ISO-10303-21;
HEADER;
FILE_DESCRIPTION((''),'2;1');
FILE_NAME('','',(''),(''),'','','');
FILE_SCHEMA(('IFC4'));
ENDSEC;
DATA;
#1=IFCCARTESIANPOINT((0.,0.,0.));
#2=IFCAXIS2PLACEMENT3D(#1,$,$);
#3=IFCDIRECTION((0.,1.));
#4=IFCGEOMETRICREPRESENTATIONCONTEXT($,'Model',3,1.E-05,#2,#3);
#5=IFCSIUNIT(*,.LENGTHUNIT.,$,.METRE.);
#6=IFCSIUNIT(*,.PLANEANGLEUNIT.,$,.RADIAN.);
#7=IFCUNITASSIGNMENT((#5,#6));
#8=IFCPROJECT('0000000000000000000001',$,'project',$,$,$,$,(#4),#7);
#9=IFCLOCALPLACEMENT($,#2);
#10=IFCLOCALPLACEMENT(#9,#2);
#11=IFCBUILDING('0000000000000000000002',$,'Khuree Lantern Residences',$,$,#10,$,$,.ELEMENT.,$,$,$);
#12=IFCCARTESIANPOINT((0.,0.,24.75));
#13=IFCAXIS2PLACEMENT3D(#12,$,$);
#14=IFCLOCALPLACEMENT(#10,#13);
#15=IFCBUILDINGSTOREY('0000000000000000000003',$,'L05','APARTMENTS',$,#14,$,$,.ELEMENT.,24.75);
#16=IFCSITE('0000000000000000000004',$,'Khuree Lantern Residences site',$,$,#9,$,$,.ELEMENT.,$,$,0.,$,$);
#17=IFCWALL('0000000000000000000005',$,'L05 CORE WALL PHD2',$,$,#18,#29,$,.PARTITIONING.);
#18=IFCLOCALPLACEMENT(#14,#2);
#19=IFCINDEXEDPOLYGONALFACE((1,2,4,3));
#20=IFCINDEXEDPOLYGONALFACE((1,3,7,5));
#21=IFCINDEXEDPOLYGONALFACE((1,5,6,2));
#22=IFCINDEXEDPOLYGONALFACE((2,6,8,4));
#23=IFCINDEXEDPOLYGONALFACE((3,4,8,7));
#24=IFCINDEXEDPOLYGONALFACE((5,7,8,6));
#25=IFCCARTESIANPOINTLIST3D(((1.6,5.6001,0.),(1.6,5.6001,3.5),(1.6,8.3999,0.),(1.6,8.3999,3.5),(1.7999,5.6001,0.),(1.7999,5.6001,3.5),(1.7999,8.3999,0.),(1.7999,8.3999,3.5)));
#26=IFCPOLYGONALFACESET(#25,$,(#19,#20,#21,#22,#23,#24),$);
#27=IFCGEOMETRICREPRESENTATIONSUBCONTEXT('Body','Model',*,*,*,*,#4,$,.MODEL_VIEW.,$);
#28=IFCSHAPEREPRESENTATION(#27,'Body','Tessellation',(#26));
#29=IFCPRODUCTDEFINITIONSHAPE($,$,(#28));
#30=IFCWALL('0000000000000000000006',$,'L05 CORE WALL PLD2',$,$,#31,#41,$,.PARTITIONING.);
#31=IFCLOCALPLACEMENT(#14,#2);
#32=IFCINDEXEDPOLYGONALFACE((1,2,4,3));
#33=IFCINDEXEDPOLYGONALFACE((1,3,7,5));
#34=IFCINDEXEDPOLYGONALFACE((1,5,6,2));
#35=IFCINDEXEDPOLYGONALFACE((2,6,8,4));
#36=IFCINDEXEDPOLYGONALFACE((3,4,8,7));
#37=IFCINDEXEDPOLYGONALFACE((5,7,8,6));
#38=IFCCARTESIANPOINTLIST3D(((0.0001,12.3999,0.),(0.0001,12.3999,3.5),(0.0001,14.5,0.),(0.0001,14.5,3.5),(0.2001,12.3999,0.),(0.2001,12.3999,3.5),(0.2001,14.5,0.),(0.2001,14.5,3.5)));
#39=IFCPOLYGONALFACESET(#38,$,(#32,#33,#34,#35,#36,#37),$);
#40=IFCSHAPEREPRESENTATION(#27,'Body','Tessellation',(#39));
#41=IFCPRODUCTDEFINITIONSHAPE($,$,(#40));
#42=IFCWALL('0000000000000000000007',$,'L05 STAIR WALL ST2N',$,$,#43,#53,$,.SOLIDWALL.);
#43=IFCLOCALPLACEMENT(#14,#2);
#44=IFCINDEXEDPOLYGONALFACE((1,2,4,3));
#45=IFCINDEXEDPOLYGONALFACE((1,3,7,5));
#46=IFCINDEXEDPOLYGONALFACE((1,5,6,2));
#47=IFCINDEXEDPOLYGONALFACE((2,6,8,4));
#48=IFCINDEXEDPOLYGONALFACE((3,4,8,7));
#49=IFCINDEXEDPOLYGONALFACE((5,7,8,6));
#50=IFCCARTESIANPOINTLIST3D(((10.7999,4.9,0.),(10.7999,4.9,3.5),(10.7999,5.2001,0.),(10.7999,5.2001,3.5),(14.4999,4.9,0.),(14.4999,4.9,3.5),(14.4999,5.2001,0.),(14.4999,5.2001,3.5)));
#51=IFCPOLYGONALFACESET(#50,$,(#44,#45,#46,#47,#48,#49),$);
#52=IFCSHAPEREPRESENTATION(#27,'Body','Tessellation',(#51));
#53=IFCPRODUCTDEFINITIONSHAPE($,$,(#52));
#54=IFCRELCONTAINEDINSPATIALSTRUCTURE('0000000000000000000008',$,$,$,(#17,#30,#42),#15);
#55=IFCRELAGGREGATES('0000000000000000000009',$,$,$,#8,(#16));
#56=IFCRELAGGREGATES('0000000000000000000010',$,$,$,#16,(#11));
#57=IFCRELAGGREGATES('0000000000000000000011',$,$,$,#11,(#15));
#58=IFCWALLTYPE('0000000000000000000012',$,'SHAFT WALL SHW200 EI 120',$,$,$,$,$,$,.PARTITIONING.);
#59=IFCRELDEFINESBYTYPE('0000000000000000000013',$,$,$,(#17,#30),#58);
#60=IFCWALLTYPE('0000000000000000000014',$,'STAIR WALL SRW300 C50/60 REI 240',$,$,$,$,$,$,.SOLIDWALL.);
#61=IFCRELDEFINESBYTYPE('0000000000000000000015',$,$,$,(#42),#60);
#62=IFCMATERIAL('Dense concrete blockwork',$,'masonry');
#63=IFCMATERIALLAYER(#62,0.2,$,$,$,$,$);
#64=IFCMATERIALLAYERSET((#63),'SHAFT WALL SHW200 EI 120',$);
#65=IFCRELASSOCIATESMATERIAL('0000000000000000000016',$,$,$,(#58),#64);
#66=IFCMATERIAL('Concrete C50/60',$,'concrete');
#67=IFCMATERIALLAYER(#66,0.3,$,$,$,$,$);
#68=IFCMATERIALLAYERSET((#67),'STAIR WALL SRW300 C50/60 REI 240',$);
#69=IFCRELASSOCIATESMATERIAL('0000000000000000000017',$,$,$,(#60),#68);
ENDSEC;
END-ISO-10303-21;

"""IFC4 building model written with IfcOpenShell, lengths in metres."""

from ifc_helpers import new_model, si_unit, direction, frame, frame_2d, origin, place, context, subcontext, project, spatial, rectangle, extrude, material, layer, layer_set, type_object, element, save


model = new_model("IFC4")

# Units and contexts
model_context = context("Model", 3, precision=1e-05, world=origin(), true_north=direction((0.0, 1.0)))
body_context = subcontext(model_context, "Body", "Model", "MODEL_VIEW")
ifc_project = project(units=[si_unit("LENGTHUNIT", "METRE"), si_unit("PLANEANGLEUNIT", "RADIAN")], contexts=[model_context])

# Site, building, storey
site_placement = place(None, origin())
site = spatial("IfcSite", under=ifc_project, at=site_placement, Name="Khuree Lantern Residences site", CompositionType="ELEMENT", RefElevation=0.0)
building_placement = place(site_placement, origin())
building = spatial("IfcBuilding", under=site, at=building_placement, Name="Khuree Lantern Residences", CompositionType="ELEMENT")
storey_placement = place(building_placement, frame((0.0, 0.0, 24.75)))
storey = spatial("IfcBuildingStorey", under=building, at=storey_placement, Name="L05", Description="APARTMENTS", CompositionType="ELEMENT", Elevation=24.75)

# Shared definitions
ifc_material_1 = material(Name="Dense concrete blockwork", Category="masonry")

# Walls
ifc_layer_1 = layer(ifc_material_1, 0.2)
ifc_layer_set_1 = layer_set([ifc_layer_1], Name="SHAFT WALL SHW200 EI 120")
wall_type_1 = type_object("IfcWallType", Name="SHAFT WALL SHW200 EI 120", PredefinedType="PARTITIONING", material=ifc_layer_set_1)
wall_1_placement = place(storey_placement, frame((1.7, 5.6001, 0.0), z_axis=(0.0, 0.0, 1.0), x_axis=(0.0, 1.0, 0.0)))
element("IfcWall", 1, at=wall_1_placement, inside=storey, type_object=wall_type_1, Name="L05 CORE WALL PHD2", PredefinedType="PARTITIONING", context=body_context, shape_type="SweptSolid", body=[
    extrude(rectangle(XDim=2.7998, YDim=0.2, at=frame_2d((1.3999, 0.0))), origin(), (0.0, 0.0, 1.0), 3.5),
])
wall_2_placement = place(storey_placement, frame((0.1001, 12.3999, 0.0), z_axis=(0.0, 0.0, 1.0), x_axis=(0.0, 1.0, 0.0)))
element("IfcWall", 2, at=wall_2_placement, inside=storey, type_object=wall_type_1, Name="L05 CORE WALL PLD2", PredefinedType="PARTITIONING", context=body_context, shape_type="SweptSolid", body=[
    extrude(rectangle(XDim=2.1001, YDim=0.2, at=frame_2d((1.05, 0.0))), origin(), (0.0, 0.0, 1.0), 3.5),
])
ifc_material_2 = material(Name="Concrete C50/60", Category="concrete")
ifc_layer_2 = layer(ifc_material_2, 0.3)
ifc_layer_set_2 = layer_set([ifc_layer_2], Name="STAIR WALL SRW300 C50/60 REI 240")
wall_type_2 = type_object("IfcWallType", Name="STAIR WALL SRW300 C50/60 REI 240", PredefinedType="SOLIDWALL", material=ifc_layer_set_2)
wall_3_placement = place(storey_placement, frame((14.5, 5.05, 0.0), z_axis=(0.0, 0.0, 1.0), x_axis=(-1.0, 0.0, 0.0)))
element("IfcWall", 3, at=wall_3_placement, inside=storey, type_object=wall_type_2, Name="L05 STAIR WALL ST2N", PredefinedType="SOLIDWALL", context=body_context, shape_type="SweptSolid", body=[
    extrude(rectangle(XDim=3.7, YDim=0.3, at=frame_2d((1.8501, 0.0))), origin(), (0.0, 0.0, 1.0), 3.5),
])

save(model, "model.ifc")
